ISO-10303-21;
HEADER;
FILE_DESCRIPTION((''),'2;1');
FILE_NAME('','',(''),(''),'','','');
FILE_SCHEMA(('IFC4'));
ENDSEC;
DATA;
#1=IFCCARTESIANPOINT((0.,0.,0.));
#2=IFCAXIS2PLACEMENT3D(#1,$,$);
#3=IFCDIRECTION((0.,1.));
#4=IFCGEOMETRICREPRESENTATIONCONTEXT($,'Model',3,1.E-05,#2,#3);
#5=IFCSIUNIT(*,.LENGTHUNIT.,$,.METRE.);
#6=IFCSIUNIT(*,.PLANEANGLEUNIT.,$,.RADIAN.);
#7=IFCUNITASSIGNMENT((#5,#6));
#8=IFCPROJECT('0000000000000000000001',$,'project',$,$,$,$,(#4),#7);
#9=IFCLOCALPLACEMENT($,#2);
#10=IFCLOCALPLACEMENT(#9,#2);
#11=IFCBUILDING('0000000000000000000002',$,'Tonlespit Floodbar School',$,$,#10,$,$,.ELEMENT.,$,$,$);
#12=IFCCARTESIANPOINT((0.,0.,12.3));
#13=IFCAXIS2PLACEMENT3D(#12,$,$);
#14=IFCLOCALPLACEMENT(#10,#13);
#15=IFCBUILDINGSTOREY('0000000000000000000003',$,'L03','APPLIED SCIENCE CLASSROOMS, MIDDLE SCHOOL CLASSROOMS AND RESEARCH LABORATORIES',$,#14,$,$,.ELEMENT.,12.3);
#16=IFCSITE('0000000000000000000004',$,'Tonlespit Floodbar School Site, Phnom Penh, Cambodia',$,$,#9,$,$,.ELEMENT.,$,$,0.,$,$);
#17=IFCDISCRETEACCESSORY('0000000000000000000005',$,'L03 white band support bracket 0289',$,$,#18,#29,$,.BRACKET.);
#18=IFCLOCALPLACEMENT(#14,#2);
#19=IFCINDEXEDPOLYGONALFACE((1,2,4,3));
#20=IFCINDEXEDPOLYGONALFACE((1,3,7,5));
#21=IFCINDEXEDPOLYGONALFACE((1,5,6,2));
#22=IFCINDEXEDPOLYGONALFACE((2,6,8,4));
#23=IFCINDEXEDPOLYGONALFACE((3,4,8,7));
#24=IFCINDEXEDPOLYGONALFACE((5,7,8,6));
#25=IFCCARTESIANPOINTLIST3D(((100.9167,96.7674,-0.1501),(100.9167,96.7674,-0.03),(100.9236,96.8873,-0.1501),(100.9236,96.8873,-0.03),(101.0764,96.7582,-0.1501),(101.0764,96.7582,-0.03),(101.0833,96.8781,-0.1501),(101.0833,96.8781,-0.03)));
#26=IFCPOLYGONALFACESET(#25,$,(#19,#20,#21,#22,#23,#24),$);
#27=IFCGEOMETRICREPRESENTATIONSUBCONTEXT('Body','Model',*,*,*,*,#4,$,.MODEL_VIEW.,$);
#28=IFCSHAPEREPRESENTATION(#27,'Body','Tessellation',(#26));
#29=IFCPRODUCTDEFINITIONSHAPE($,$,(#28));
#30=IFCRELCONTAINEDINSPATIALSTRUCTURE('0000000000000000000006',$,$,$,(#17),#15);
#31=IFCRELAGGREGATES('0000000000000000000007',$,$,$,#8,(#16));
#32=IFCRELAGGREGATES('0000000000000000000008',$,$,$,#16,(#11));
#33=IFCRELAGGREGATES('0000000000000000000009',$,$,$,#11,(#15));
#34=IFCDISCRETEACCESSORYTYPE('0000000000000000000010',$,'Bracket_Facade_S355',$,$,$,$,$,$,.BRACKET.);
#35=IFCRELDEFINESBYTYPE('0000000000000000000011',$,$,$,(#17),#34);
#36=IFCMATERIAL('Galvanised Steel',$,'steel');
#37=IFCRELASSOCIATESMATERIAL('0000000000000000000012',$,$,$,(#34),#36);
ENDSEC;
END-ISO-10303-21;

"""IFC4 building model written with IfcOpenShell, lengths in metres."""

from ifc_helpers import new_model, si_unit, direction, frame, origin, origin_2d, place, context, subcontext, project, spatial, rectangle, extrude, material, type_object, element, save


model = new_model("IFC4")

# Units and contexts
model_context = context("Model", 3, precision=1e-05, world=origin(), true_north=direction((0.0, 1.0)))
body_context = subcontext(model_context, "Body", "Model", "MODEL_VIEW")
ifc_project = project(units=[si_unit("LENGTHUNIT", "METRE"), si_unit("PLANEANGLEUNIT", "RADIAN")], contexts=[model_context])

# Site, building, storey
site_placement = place(None, origin())
site = spatial("IfcSite", under=ifc_project, at=site_placement, Name="Tonlespit Floodbar School Site, Phnom Penh, Cambodia", CompositionType="ELEMENT", RefElevation=0.0)
building_placement = place(site_placement, origin())
building = spatial("IfcBuilding", under=site, at=building_placement, Name="Tonlespit Floodbar School", CompositionType="ELEMENT")
storey_placement = place(building_placement, frame((0.0, 0.0, 12.3)))
storey = spatial("IfcBuildingStorey", under=building, at=storey_placement, Name="L03", Description="APPLIED SCIENCE CLASSROOMS, MIDDLE SCHOOL CLASSROOMS AND RESEARCH LABORATORIES", CompositionType="ELEMENT", Elevation=12.3)

# Shared definitions
ifc_material_1 = material(Name="Galvanised Steel", Category="steel")

# Discrete accessory
discrete_accessory_type = type_object("IfcDiscreteAccessoryType", Name="Bracket_Facade_S355", PredefinedType="BRACKET", material=ifc_material_1)
for number, where, z_axis, x_axis, name in (
    (1, (101.0, 96.8228, -0.1501), (0.0, 0.0, 1.0), (0.998334, -0.057703, 0.0), "L03 white band support bracket 0289"),
):
    element("IfcDiscreteAccessory", number, at=place(storey_placement, frame(where, z_axis=z_axis, x_axis=x_axis)), inside=storey, type_object=discrete_accessory_type, Name=name, PredefinedType="BRACKET", context=body_context, shape_type="SweptSolid", body=[
        extrude(rectangle(XDim=0.1599, YDim=0.1201, at=origin_2d()), origin(), (0.0, 0.0, 1.0), 0.1201),
    ])

save(model, "model.ifc")
